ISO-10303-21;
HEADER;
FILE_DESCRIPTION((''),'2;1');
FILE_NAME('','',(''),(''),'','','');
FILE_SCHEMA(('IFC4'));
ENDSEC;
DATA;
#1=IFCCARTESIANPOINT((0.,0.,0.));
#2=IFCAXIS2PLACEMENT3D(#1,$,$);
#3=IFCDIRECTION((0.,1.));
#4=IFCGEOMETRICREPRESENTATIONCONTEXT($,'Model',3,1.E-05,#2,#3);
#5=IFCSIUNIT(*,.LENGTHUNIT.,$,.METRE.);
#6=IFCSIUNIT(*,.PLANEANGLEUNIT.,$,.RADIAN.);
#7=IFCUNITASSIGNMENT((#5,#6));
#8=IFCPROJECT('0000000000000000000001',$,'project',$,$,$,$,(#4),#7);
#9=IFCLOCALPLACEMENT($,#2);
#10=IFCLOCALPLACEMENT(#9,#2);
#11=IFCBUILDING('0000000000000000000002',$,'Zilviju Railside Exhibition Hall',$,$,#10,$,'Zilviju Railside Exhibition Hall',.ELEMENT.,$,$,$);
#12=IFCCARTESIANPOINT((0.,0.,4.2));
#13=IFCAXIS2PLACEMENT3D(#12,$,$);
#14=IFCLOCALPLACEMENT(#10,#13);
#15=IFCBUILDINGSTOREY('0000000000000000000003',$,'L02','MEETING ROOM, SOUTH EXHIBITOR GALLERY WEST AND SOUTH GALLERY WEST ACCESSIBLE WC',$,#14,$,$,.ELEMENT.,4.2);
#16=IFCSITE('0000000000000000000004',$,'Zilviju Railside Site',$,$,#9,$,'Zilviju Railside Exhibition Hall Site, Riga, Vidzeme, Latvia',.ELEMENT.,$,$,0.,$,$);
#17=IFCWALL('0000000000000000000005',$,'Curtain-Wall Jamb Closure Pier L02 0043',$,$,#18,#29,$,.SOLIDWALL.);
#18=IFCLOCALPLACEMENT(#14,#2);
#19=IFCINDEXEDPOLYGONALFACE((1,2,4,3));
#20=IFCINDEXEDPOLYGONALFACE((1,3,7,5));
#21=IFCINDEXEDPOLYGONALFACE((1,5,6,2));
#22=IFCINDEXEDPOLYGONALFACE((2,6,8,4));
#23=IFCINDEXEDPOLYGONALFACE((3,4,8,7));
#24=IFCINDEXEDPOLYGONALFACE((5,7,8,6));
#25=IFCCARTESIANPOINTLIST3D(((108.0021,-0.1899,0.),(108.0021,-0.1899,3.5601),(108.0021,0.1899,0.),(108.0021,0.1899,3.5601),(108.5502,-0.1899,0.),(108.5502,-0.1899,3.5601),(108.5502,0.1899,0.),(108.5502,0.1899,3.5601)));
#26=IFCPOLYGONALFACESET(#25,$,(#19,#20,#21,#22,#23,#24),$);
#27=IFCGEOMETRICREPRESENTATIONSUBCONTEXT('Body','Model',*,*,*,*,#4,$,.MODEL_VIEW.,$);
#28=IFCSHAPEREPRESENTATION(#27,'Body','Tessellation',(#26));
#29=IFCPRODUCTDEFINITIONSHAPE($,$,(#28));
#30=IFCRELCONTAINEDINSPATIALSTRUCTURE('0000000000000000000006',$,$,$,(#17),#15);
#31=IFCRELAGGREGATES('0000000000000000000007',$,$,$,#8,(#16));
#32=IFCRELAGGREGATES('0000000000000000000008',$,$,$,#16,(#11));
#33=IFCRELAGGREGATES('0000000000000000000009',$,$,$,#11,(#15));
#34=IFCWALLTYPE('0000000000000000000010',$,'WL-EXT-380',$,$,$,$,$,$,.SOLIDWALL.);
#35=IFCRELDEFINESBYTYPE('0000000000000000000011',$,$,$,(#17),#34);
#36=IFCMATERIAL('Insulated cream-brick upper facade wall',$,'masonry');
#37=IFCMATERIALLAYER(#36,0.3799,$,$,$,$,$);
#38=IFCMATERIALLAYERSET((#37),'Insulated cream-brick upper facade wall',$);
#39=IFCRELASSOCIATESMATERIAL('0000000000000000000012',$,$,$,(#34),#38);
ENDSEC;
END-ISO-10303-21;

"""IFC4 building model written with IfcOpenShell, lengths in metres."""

from ifc_helpers import new_model, si_unit, direction, frame, frame_2d, origin, place, context, subcontext, project, spatial, rectangle, extrude, material, layer, layer_set, type_object, element, save


model = new_model("IFC4")

# Units and contexts
model_context = context("Model", 3, precision=1e-05, world=origin(), true_north=direction((0.0, 1.0)))
body_context = subcontext(model_context, "Body", "Model", "MODEL_VIEW")
ifc_project = project(units=[si_unit("LENGTHUNIT", "METRE"), si_unit("PLANEANGLEUNIT", "RADIAN")], contexts=[model_context])

# Site, building, storey
site_placement = place(None, origin())
site = spatial("IfcSite", under=ifc_project, at=site_placement, Name="Zilviju Railside Site", LongName="Zilviju Railside Exhibition Hall Site, Riga, Vidzeme, Latvia", CompositionType="ELEMENT", RefElevation=0.0)
building_placement = place(site_placement, origin())
building = spatial("IfcBuilding", under=site, at=building_placement, Name="Zilviju Railside Exhibition Hall", LongName="Zilviju Railside Exhibition Hall", CompositionType="ELEMENT")
storey_placement = place(building_placement, frame((0.0, 0.0, 4.2)))
storey = spatial("IfcBuildingStorey", under=building, at=storey_placement, Name="L02", Description="MEETING ROOM, SOUTH EXHIBITOR GALLERY WEST AND SOUTH GALLERY WEST ACCESSIBLE WC", CompositionType="ELEMENT", Elevation=4.2)

# Wall
ifc_material_1 = material(Name="Insulated cream-brick upper facade wall", Category="masonry")
ifc_layer_1 = layer(ifc_material_1, 0.3799)
ifc_layer_set_1 = layer_set([ifc_layer_1], Name="Insulated cream-brick upper facade wall")
wall_type = type_object("IfcWallType", Name="WL-EXT-380", PredefinedType="SOLIDWALL", material=ifc_layer_set_1)
wall_1_placement = place(storey_placement, frame((108.55, 0.0, 0.0), z_axis=(0.0, 0.0, 1.0), x_axis=(-1.0, 0.0, 0.0)))
element("IfcWall", 1, at=wall_1_placement, inside=storey, type_object=wall_type, Name="Curtain-Wall Jamb Closure Pier L02 0043", PredefinedType="SOLIDWALL", context=body_context, shape_type="SweptSolid", body=[
    extrude(rectangle(XDim=0.5481, YDim=0.3799, at=frame_2d((0.2739, 0.0))), origin(), (0.0, 0.0, 1.0), 3.5601),
])

save(model, "model.ifc")
